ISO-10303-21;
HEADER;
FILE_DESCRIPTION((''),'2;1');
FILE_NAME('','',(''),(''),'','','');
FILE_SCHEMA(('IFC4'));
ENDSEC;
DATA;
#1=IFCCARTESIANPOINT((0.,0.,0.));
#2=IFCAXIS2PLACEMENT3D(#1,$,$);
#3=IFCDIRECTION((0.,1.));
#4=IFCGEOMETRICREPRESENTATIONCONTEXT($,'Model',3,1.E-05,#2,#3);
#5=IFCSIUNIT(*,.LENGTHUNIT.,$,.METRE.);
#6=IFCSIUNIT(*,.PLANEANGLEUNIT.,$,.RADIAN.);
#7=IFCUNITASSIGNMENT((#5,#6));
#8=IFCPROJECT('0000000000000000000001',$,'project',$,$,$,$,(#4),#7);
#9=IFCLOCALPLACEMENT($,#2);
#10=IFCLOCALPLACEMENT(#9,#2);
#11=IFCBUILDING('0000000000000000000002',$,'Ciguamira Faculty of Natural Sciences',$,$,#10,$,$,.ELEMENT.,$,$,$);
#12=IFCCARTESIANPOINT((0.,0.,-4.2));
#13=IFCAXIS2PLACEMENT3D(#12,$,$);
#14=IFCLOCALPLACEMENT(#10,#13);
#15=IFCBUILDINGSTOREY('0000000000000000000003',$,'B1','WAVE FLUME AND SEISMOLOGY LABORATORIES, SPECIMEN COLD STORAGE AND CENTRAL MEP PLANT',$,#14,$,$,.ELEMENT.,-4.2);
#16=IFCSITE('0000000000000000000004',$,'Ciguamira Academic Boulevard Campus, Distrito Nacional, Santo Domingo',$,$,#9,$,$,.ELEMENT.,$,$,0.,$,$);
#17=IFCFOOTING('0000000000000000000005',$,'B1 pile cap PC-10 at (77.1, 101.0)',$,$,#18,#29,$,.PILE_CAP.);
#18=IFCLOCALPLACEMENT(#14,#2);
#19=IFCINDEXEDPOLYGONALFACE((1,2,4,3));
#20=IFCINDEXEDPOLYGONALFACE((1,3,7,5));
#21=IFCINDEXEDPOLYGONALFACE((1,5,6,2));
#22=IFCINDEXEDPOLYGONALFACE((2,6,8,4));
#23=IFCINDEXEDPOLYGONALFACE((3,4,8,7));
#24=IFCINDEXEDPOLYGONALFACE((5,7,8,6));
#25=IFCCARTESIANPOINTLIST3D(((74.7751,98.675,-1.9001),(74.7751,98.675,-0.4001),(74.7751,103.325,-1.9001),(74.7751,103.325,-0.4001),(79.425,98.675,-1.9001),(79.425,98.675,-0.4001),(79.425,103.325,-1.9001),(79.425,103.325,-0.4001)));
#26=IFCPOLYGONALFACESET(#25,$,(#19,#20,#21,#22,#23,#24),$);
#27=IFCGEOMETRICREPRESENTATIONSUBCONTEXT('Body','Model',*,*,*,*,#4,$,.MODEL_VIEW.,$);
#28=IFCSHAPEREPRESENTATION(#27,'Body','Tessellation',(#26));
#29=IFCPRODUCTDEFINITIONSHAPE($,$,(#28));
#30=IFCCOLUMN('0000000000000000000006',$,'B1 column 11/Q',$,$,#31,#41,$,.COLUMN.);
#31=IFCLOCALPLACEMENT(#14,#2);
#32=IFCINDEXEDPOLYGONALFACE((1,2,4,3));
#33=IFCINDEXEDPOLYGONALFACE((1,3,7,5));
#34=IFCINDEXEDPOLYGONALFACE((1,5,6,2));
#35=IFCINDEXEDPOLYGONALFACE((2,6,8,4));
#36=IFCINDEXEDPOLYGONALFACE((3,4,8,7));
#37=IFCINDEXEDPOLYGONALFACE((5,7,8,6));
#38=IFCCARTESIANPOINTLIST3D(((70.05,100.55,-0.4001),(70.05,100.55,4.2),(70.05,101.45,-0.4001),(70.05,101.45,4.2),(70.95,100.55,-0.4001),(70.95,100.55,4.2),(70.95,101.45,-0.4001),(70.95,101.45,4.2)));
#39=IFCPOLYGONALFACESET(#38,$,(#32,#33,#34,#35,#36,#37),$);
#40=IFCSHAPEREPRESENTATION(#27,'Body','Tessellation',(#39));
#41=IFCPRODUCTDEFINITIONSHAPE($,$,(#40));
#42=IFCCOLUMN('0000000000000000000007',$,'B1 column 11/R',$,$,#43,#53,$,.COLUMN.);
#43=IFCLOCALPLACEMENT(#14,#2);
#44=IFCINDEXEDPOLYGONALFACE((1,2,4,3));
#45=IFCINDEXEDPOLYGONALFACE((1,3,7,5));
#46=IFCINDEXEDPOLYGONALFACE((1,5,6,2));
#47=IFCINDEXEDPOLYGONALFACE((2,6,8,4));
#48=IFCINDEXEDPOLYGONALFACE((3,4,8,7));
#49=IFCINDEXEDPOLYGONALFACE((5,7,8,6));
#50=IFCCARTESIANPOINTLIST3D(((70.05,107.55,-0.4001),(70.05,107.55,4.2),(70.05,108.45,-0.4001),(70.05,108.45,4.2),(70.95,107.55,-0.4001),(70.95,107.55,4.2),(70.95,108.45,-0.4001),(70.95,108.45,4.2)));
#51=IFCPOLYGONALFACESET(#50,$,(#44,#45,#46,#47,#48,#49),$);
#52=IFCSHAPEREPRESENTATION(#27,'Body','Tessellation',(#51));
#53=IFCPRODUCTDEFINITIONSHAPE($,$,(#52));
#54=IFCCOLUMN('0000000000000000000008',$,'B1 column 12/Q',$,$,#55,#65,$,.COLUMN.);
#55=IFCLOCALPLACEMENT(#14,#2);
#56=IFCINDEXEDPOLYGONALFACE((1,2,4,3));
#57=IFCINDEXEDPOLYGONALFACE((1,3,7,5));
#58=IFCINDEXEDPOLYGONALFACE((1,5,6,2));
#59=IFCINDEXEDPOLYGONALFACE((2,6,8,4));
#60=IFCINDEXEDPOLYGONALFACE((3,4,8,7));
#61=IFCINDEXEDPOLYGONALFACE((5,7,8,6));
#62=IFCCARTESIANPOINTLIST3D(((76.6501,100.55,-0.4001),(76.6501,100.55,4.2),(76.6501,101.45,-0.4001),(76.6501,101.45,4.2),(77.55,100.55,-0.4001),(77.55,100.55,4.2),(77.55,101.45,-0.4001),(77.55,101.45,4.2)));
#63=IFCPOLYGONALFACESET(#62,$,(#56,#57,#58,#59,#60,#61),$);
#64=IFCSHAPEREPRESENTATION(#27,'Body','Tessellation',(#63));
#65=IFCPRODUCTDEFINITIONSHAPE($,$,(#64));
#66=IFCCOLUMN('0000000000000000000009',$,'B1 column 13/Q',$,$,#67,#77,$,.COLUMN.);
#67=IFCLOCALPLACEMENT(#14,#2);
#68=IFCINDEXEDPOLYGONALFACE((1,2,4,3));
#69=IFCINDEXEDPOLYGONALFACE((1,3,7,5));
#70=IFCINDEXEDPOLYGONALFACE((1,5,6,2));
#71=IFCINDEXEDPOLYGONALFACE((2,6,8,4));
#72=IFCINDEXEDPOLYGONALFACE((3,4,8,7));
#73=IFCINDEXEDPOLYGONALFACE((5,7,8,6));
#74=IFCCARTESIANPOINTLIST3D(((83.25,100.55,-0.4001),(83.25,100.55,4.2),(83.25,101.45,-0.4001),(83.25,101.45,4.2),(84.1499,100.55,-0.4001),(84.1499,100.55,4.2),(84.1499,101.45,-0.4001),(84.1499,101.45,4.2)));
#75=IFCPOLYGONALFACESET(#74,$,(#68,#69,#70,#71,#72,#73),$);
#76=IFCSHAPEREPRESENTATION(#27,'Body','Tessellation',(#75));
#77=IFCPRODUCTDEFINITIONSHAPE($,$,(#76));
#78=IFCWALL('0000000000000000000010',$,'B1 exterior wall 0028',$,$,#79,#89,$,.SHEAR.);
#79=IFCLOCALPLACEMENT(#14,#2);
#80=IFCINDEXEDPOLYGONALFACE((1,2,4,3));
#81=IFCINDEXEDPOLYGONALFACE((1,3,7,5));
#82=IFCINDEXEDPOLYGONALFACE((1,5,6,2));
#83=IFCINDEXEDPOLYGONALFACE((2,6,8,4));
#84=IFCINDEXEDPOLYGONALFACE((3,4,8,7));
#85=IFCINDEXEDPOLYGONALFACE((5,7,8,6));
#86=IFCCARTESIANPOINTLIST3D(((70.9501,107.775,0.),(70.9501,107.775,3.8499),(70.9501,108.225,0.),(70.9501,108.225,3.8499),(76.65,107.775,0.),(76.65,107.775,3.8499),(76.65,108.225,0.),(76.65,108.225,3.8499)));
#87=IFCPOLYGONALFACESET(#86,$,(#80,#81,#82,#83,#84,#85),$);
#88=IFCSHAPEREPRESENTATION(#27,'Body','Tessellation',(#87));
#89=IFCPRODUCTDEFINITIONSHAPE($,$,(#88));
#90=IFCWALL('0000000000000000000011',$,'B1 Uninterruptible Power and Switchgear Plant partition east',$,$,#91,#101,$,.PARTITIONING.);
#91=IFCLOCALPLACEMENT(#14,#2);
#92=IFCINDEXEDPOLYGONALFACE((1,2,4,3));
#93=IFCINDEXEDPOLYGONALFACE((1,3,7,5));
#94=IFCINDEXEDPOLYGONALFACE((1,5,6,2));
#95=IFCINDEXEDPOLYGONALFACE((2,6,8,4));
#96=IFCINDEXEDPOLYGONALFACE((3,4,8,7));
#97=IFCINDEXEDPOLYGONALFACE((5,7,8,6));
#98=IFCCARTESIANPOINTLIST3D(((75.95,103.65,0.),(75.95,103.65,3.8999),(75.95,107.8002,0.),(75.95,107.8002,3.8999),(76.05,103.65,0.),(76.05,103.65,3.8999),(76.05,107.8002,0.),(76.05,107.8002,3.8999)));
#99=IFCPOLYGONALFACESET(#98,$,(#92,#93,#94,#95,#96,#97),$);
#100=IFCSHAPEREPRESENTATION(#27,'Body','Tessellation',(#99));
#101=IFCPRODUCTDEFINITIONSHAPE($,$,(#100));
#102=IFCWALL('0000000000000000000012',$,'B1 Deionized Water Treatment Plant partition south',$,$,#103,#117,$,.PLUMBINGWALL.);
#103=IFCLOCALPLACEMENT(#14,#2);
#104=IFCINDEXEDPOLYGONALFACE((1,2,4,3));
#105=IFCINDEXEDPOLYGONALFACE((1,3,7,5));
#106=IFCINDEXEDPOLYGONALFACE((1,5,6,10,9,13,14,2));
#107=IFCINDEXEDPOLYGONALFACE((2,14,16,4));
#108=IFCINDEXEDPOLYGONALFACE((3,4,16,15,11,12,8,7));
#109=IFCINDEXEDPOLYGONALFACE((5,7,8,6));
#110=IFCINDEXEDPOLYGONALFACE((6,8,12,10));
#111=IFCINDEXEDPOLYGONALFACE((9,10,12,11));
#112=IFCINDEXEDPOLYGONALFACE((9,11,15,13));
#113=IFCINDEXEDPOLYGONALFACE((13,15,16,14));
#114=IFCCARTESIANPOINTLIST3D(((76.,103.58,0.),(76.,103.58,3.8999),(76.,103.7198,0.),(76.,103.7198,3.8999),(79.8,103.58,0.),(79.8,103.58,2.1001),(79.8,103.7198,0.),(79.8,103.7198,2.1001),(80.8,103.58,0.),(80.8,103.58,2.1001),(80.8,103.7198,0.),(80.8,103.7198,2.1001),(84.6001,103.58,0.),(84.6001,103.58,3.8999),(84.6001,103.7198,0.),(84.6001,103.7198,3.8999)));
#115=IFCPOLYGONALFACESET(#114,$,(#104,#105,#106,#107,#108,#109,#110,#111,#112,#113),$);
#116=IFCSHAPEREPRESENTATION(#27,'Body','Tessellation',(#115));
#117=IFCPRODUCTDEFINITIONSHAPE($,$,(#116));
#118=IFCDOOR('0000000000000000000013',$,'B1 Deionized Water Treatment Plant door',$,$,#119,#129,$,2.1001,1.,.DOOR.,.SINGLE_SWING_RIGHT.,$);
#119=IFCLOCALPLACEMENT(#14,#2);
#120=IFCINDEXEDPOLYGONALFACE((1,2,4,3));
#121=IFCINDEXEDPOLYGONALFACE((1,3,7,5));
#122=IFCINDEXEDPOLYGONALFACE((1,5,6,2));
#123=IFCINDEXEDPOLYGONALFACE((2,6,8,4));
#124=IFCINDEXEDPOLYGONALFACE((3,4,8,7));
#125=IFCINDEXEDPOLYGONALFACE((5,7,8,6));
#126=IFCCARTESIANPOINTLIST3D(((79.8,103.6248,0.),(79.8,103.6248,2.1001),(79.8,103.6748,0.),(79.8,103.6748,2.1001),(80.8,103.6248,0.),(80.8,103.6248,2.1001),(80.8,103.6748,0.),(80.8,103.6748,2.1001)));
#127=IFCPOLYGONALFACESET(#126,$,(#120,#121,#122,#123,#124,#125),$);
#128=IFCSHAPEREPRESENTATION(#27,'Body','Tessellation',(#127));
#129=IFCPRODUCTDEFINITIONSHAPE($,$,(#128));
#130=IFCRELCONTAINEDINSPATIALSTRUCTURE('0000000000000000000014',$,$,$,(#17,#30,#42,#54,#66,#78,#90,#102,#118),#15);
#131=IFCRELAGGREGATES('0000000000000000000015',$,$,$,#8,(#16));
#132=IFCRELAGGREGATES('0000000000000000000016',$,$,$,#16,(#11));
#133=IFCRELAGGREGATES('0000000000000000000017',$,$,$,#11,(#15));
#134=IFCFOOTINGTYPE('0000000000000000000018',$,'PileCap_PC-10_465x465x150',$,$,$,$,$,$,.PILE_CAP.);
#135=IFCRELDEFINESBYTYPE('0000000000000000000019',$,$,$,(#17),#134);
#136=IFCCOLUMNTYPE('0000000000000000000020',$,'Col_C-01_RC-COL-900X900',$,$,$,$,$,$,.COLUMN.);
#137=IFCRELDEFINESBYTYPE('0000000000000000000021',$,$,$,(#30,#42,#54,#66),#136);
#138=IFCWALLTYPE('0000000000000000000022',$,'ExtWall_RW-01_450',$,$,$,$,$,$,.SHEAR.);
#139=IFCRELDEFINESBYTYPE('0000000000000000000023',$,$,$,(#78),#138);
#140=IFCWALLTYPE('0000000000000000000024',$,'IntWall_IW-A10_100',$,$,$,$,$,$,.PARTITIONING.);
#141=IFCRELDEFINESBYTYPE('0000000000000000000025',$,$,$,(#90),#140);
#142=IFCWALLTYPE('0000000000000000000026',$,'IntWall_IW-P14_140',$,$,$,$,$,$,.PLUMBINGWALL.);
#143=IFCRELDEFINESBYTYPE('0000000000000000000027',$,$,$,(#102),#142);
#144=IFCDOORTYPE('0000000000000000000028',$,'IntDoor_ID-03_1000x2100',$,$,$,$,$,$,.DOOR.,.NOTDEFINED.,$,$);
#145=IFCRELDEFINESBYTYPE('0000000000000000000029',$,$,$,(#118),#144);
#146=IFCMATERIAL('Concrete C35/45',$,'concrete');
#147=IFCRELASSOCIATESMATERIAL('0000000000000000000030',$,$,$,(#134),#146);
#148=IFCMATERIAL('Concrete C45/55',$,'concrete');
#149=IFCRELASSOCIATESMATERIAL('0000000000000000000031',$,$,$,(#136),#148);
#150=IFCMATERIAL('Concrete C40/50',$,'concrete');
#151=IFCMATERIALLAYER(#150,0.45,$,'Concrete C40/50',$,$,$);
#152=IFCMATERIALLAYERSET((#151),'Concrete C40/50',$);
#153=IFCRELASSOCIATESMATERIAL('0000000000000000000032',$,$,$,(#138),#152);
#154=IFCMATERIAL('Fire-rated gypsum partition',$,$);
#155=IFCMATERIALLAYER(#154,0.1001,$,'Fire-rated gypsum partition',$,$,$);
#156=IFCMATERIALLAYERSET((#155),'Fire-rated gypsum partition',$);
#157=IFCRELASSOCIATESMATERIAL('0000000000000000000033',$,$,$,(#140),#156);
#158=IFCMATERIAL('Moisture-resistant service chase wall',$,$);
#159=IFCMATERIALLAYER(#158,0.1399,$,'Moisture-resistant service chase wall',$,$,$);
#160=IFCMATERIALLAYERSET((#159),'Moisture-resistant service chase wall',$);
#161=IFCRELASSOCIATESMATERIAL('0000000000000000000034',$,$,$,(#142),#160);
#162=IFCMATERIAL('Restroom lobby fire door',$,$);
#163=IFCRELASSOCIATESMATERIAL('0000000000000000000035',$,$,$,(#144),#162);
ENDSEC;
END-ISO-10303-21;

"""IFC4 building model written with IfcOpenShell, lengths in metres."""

from ifc_helpers import new_model, si_unit, direction, frame, frame_2d, origin, origin_2d, place, context, subcontext, project, spatial, rectangle, extrude, material, layer, layer_set, material_profile, profile_set, type_object, element, fill, save


model = new_model("IFC4")

# Units and contexts
model_context = context("Model", 3, precision=1e-05, world=origin(), true_north=direction((0.0, 1.0)))
body_context = subcontext(model_context, "Body", "Model", "MODEL_VIEW")
ifc_project = project(units=[si_unit("LENGTHUNIT", "METRE"), si_unit("PLANEANGLEUNIT", "RADIAN")], contexts=[model_context])

# Site, building, storey
site_placement = place(None, origin())
site = spatial("IfcSite", under=ifc_project, at=site_placement, Name="Ciguamira Academic Boulevard Campus, Distrito Nacional, Santo Domingo", CompositionType="ELEMENT", RefElevation=0.0)
building_placement = place(site_placement, origin())
building = spatial("IfcBuilding", under=site, at=building_placement, Name="Ciguamira Faculty of Natural Sciences", CompositionType="ELEMENT")
storey_placement = place(building_placement, frame((0.0, 0.0, -4.2)))
storey = spatial("IfcBuildingStorey", under=building, at=storey_placement, Name="B1", Description="WAVE FLUME AND SEISMOLOGY LABORATORIES, SPECIMEN COLD STORAGE AND CENTRAL MEP PLANT", CompositionType="ELEMENT", Elevation=-4.2)

# Shared definitions
ifc_material_1 = material(Name="Concrete C35/45", Category="concrete")

# Footing
footing_type_1 = type_object("IfcFootingType", Name="PileCap_PC-10_465x465x150", PredefinedType="PILE_CAP", material=ifc_material_1)
footing_1_placement = place(storey_placement, frame((77.1001, 101.0, -1.9001), z_axis=(0.0, 0.0, 1.0), x_axis=(1.0, 0.0, 0.0)))
element("IfcFooting", 1, at=footing_1_placement, inside=storey, type_object=footing_type_1, Name="B1 pile cap PC-10 at (77.1, 101.0)", PredefinedType="PILE_CAP", context=body_context, shape_type="SweptSolid", body=[
    extrude(rectangle(XDim=4.6499, YDim=4.6499, at=origin_2d()), origin(), (0.0, 0.0, 1.0), 1.5),
])

# Columns
ifc_material_2 = material(Name="Concrete C45/55", Category="concrete")
ifc_material_profile_1 = material_profile(ifc_material_2, rectangle(XDim=0.8999, YDim=0.8999, at=origin_2d()), Name="RC-COL-900X900")
ifc_profile_set_1 = profile_set([ifc_material_profile_1], Name="Concrete C45/55")
column_type = type_object("IfcColumnType", Name="Col_C-01_RC-COL-900X900", PredefinedType="COLUMN", material=ifc_profile_set_1)
for number, where, z_axis, x_axis, name in (
    (2, (70.5, 101.0, -0.4001), (0.0, 0.0, 1.0), (1.0, 0.0, 0.0), "B1 column 11/Q"),
    (3, (70.5, 108.0, -0.4001), (0.0, 0.0, 1.0), (1.0, 0.0, 0.0), "B1 column 11/R"),
    (4, (77.1001, 101.0, -0.4001), (0.0, 0.0, 1.0), (1.0, 0.0, 0.0), "B1 column 12/Q"),
    (5, (83.7, 101.0, -0.4001), (0.0, 0.0, 1.0), (1.0, 0.0, 0.0), "B1 column 13/Q"),
):
    element("IfcColumn", number, at=place(storey_placement, frame(where, z_axis=z_axis, x_axis=x_axis)), inside=storey, type_object=column_type, Name=name, PredefinedType="COLUMN", context=body_context, shape_type="SweptSolid", body=[
        extrude(rectangle(XDim=0.8999, YDim=0.8999, at=origin_2d()), origin(), (0.0, 0.0, 1.0), 4.6001),
    ])

# Walls
ifc_material_3 = material(Name="Concrete C40/50", Category="concrete")
ifc_layer_1 = layer(ifc_material_3, 0.45, Name="Concrete C40/50")
ifc_layer_set_1 = layer_set([ifc_layer_1], Name="Concrete C40/50")
wall_type_1 = type_object("IfcWallType", Name="ExtWall_RW-01_450", PredefinedType="SHEAR", material=ifc_layer_set_1)
wall_1_placement = place(storey_placement, frame((70.95, 108.0, 0.0), z_axis=(0.0, 0.0, 1.0), x_axis=(1.0, 0.0, 0.0)))
element("IfcWall", 6, at=wall_1_placement, inside=storey, type_object=wall_type_1, Name="B1 exterior wall 0028", PredefinedType="SHEAR", context=body_context, shape_type="SweptSolid", body=[
    extrude(rectangle(XDim=5.7, YDim=0.45, at=frame_2d((2.8501, 0.0))), origin(), (0.0, 0.0, 1.0), 3.8499),
])
ifc_material_4 = material(Name="Fire-rated gypsum partition")
ifc_layer_2 = layer(ifc_material_4, 0.1001, Name="Fire-rated gypsum partition")
ifc_layer_set_2 = layer_set([ifc_layer_2], Name="Fire-rated gypsum partition")
wall_type_2 = type_object("IfcWallType", Name="IntWall_IW-A10_100", PredefinedType="PARTITIONING", material=ifc_layer_set_2)
wall_2_placement = place(storey_placement, frame((76.0, 103.6499, 0.0), z_axis=(0.0, 0.0, 1.0), x_axis=(0.0, 1.0, 0.0)))
element("IfcWall", 7, at=wall_2_placement, inside=storey, type_object=wall_type_2, Name="B1 Uninterruptible Power and Switchgear Plant partition east", PredefinedType="PARTITIONING", context=body_context, shape_type="SweptSolid", body=[
    extrude(rectangle(XDim=4.1501, YDim=0.1001, at=frame_2d((2.0752, 0.0))), origin(), (0.0, 0.0, 1.0), 3.8999),
])

# Wall, opening, door
ifc_material_5 = material(Name="Moisture-resistant service chase wall")
ifc_layer_3 = layer(ifc_material_5, 0.1399, Name="Moisture-resistant service chase wall")
ifc_layer_set_3 = layer_set([ifc_layer_3], Name="Moisture-resistant service chase wall")
wall_type_3 = type_object("IfcWallType", Name="IntWall_IW-P14_140", PredefinedType="PLUMBINGWALL", material=ifc_layer_set_3)
wall_3_placement = place(storey_placement, frame((76.0, 103.6499, 0.0), z_axis=(0.0, 0.0, 1.0), x_axis=(1.0, 0.0, 0.0)))
wall_3 = element("IfcWall", 8, at=wall_3_placement, inside=storey, type_object=wall_type_3, Name="B1 Deionized Water Treatment Plant partition south", PredefinedType="PLUMBINGWALL", context=body_context, shape_type="SweptSolid", body=[
    extrude(rectangle(XDim=8.6001, YDim=0.1399, at=frame_2d((4.3, 0.0))), origin(), (0.0, 0.0, 1.0), 3.8999),
])
opening_1_placement = place(wall_3_placement, frame((3.8, 0.0, 0.0)))
opening_1 = element("IfcOpeningElement", 9, at=opening_1_placement, cuts=wall_3, PredefinedType="OPENING", context=body_context, shape_type="SweptSolid", body=[
    extrude(rectangle(XDim=1.0, YDim=2.1001, at=frame_2d((0.5, 1.05))), frame((0.0, 0.0798, 0.0), z_axis=(0.0, -1.0, 0.0), x_axis=(1.0, 0.0, 0.0)), (0.0, 0.0, 1.0), 0.1599),
])
ifc_material_6 = material(Name="Restroom lobby fire door")
door_type_1 = type_object("IfcDoorType", Name="IntDoor_ID-03_1000x2100", OperationType="NOTDEFINED", PredefinedType="DOOR", material=ifc_material_6)
door_1_placement = place(opening_1_placement, origin())
door_1 = element("IfcDoor", 10, at=door_1_placement, inside=storey, type_object=door_type_1, Name="B1 Deionized Water Treatment Plant door", OperationType="SINGLE_SWING_RIGHT", OverallHeight=2.1001, OverallWidth=1.0, PredefinedType="DOOR", context=body_context, shape_type="SweptSolid", body=[
    extrude(rectangle(XDim=1.0, YDim=2.1001, at=frame_2d((0.5, 1.05))), frame((0.0, 0.0249, 0.0), z_axis=(0.0, -1.0, 0.0), x_axis=(1.0, 0.0, 0.0)), (0.0, 0.0, 1.0), 0.05),
])
fill(opening_1, door_1)

save(model, "model.ifc")
